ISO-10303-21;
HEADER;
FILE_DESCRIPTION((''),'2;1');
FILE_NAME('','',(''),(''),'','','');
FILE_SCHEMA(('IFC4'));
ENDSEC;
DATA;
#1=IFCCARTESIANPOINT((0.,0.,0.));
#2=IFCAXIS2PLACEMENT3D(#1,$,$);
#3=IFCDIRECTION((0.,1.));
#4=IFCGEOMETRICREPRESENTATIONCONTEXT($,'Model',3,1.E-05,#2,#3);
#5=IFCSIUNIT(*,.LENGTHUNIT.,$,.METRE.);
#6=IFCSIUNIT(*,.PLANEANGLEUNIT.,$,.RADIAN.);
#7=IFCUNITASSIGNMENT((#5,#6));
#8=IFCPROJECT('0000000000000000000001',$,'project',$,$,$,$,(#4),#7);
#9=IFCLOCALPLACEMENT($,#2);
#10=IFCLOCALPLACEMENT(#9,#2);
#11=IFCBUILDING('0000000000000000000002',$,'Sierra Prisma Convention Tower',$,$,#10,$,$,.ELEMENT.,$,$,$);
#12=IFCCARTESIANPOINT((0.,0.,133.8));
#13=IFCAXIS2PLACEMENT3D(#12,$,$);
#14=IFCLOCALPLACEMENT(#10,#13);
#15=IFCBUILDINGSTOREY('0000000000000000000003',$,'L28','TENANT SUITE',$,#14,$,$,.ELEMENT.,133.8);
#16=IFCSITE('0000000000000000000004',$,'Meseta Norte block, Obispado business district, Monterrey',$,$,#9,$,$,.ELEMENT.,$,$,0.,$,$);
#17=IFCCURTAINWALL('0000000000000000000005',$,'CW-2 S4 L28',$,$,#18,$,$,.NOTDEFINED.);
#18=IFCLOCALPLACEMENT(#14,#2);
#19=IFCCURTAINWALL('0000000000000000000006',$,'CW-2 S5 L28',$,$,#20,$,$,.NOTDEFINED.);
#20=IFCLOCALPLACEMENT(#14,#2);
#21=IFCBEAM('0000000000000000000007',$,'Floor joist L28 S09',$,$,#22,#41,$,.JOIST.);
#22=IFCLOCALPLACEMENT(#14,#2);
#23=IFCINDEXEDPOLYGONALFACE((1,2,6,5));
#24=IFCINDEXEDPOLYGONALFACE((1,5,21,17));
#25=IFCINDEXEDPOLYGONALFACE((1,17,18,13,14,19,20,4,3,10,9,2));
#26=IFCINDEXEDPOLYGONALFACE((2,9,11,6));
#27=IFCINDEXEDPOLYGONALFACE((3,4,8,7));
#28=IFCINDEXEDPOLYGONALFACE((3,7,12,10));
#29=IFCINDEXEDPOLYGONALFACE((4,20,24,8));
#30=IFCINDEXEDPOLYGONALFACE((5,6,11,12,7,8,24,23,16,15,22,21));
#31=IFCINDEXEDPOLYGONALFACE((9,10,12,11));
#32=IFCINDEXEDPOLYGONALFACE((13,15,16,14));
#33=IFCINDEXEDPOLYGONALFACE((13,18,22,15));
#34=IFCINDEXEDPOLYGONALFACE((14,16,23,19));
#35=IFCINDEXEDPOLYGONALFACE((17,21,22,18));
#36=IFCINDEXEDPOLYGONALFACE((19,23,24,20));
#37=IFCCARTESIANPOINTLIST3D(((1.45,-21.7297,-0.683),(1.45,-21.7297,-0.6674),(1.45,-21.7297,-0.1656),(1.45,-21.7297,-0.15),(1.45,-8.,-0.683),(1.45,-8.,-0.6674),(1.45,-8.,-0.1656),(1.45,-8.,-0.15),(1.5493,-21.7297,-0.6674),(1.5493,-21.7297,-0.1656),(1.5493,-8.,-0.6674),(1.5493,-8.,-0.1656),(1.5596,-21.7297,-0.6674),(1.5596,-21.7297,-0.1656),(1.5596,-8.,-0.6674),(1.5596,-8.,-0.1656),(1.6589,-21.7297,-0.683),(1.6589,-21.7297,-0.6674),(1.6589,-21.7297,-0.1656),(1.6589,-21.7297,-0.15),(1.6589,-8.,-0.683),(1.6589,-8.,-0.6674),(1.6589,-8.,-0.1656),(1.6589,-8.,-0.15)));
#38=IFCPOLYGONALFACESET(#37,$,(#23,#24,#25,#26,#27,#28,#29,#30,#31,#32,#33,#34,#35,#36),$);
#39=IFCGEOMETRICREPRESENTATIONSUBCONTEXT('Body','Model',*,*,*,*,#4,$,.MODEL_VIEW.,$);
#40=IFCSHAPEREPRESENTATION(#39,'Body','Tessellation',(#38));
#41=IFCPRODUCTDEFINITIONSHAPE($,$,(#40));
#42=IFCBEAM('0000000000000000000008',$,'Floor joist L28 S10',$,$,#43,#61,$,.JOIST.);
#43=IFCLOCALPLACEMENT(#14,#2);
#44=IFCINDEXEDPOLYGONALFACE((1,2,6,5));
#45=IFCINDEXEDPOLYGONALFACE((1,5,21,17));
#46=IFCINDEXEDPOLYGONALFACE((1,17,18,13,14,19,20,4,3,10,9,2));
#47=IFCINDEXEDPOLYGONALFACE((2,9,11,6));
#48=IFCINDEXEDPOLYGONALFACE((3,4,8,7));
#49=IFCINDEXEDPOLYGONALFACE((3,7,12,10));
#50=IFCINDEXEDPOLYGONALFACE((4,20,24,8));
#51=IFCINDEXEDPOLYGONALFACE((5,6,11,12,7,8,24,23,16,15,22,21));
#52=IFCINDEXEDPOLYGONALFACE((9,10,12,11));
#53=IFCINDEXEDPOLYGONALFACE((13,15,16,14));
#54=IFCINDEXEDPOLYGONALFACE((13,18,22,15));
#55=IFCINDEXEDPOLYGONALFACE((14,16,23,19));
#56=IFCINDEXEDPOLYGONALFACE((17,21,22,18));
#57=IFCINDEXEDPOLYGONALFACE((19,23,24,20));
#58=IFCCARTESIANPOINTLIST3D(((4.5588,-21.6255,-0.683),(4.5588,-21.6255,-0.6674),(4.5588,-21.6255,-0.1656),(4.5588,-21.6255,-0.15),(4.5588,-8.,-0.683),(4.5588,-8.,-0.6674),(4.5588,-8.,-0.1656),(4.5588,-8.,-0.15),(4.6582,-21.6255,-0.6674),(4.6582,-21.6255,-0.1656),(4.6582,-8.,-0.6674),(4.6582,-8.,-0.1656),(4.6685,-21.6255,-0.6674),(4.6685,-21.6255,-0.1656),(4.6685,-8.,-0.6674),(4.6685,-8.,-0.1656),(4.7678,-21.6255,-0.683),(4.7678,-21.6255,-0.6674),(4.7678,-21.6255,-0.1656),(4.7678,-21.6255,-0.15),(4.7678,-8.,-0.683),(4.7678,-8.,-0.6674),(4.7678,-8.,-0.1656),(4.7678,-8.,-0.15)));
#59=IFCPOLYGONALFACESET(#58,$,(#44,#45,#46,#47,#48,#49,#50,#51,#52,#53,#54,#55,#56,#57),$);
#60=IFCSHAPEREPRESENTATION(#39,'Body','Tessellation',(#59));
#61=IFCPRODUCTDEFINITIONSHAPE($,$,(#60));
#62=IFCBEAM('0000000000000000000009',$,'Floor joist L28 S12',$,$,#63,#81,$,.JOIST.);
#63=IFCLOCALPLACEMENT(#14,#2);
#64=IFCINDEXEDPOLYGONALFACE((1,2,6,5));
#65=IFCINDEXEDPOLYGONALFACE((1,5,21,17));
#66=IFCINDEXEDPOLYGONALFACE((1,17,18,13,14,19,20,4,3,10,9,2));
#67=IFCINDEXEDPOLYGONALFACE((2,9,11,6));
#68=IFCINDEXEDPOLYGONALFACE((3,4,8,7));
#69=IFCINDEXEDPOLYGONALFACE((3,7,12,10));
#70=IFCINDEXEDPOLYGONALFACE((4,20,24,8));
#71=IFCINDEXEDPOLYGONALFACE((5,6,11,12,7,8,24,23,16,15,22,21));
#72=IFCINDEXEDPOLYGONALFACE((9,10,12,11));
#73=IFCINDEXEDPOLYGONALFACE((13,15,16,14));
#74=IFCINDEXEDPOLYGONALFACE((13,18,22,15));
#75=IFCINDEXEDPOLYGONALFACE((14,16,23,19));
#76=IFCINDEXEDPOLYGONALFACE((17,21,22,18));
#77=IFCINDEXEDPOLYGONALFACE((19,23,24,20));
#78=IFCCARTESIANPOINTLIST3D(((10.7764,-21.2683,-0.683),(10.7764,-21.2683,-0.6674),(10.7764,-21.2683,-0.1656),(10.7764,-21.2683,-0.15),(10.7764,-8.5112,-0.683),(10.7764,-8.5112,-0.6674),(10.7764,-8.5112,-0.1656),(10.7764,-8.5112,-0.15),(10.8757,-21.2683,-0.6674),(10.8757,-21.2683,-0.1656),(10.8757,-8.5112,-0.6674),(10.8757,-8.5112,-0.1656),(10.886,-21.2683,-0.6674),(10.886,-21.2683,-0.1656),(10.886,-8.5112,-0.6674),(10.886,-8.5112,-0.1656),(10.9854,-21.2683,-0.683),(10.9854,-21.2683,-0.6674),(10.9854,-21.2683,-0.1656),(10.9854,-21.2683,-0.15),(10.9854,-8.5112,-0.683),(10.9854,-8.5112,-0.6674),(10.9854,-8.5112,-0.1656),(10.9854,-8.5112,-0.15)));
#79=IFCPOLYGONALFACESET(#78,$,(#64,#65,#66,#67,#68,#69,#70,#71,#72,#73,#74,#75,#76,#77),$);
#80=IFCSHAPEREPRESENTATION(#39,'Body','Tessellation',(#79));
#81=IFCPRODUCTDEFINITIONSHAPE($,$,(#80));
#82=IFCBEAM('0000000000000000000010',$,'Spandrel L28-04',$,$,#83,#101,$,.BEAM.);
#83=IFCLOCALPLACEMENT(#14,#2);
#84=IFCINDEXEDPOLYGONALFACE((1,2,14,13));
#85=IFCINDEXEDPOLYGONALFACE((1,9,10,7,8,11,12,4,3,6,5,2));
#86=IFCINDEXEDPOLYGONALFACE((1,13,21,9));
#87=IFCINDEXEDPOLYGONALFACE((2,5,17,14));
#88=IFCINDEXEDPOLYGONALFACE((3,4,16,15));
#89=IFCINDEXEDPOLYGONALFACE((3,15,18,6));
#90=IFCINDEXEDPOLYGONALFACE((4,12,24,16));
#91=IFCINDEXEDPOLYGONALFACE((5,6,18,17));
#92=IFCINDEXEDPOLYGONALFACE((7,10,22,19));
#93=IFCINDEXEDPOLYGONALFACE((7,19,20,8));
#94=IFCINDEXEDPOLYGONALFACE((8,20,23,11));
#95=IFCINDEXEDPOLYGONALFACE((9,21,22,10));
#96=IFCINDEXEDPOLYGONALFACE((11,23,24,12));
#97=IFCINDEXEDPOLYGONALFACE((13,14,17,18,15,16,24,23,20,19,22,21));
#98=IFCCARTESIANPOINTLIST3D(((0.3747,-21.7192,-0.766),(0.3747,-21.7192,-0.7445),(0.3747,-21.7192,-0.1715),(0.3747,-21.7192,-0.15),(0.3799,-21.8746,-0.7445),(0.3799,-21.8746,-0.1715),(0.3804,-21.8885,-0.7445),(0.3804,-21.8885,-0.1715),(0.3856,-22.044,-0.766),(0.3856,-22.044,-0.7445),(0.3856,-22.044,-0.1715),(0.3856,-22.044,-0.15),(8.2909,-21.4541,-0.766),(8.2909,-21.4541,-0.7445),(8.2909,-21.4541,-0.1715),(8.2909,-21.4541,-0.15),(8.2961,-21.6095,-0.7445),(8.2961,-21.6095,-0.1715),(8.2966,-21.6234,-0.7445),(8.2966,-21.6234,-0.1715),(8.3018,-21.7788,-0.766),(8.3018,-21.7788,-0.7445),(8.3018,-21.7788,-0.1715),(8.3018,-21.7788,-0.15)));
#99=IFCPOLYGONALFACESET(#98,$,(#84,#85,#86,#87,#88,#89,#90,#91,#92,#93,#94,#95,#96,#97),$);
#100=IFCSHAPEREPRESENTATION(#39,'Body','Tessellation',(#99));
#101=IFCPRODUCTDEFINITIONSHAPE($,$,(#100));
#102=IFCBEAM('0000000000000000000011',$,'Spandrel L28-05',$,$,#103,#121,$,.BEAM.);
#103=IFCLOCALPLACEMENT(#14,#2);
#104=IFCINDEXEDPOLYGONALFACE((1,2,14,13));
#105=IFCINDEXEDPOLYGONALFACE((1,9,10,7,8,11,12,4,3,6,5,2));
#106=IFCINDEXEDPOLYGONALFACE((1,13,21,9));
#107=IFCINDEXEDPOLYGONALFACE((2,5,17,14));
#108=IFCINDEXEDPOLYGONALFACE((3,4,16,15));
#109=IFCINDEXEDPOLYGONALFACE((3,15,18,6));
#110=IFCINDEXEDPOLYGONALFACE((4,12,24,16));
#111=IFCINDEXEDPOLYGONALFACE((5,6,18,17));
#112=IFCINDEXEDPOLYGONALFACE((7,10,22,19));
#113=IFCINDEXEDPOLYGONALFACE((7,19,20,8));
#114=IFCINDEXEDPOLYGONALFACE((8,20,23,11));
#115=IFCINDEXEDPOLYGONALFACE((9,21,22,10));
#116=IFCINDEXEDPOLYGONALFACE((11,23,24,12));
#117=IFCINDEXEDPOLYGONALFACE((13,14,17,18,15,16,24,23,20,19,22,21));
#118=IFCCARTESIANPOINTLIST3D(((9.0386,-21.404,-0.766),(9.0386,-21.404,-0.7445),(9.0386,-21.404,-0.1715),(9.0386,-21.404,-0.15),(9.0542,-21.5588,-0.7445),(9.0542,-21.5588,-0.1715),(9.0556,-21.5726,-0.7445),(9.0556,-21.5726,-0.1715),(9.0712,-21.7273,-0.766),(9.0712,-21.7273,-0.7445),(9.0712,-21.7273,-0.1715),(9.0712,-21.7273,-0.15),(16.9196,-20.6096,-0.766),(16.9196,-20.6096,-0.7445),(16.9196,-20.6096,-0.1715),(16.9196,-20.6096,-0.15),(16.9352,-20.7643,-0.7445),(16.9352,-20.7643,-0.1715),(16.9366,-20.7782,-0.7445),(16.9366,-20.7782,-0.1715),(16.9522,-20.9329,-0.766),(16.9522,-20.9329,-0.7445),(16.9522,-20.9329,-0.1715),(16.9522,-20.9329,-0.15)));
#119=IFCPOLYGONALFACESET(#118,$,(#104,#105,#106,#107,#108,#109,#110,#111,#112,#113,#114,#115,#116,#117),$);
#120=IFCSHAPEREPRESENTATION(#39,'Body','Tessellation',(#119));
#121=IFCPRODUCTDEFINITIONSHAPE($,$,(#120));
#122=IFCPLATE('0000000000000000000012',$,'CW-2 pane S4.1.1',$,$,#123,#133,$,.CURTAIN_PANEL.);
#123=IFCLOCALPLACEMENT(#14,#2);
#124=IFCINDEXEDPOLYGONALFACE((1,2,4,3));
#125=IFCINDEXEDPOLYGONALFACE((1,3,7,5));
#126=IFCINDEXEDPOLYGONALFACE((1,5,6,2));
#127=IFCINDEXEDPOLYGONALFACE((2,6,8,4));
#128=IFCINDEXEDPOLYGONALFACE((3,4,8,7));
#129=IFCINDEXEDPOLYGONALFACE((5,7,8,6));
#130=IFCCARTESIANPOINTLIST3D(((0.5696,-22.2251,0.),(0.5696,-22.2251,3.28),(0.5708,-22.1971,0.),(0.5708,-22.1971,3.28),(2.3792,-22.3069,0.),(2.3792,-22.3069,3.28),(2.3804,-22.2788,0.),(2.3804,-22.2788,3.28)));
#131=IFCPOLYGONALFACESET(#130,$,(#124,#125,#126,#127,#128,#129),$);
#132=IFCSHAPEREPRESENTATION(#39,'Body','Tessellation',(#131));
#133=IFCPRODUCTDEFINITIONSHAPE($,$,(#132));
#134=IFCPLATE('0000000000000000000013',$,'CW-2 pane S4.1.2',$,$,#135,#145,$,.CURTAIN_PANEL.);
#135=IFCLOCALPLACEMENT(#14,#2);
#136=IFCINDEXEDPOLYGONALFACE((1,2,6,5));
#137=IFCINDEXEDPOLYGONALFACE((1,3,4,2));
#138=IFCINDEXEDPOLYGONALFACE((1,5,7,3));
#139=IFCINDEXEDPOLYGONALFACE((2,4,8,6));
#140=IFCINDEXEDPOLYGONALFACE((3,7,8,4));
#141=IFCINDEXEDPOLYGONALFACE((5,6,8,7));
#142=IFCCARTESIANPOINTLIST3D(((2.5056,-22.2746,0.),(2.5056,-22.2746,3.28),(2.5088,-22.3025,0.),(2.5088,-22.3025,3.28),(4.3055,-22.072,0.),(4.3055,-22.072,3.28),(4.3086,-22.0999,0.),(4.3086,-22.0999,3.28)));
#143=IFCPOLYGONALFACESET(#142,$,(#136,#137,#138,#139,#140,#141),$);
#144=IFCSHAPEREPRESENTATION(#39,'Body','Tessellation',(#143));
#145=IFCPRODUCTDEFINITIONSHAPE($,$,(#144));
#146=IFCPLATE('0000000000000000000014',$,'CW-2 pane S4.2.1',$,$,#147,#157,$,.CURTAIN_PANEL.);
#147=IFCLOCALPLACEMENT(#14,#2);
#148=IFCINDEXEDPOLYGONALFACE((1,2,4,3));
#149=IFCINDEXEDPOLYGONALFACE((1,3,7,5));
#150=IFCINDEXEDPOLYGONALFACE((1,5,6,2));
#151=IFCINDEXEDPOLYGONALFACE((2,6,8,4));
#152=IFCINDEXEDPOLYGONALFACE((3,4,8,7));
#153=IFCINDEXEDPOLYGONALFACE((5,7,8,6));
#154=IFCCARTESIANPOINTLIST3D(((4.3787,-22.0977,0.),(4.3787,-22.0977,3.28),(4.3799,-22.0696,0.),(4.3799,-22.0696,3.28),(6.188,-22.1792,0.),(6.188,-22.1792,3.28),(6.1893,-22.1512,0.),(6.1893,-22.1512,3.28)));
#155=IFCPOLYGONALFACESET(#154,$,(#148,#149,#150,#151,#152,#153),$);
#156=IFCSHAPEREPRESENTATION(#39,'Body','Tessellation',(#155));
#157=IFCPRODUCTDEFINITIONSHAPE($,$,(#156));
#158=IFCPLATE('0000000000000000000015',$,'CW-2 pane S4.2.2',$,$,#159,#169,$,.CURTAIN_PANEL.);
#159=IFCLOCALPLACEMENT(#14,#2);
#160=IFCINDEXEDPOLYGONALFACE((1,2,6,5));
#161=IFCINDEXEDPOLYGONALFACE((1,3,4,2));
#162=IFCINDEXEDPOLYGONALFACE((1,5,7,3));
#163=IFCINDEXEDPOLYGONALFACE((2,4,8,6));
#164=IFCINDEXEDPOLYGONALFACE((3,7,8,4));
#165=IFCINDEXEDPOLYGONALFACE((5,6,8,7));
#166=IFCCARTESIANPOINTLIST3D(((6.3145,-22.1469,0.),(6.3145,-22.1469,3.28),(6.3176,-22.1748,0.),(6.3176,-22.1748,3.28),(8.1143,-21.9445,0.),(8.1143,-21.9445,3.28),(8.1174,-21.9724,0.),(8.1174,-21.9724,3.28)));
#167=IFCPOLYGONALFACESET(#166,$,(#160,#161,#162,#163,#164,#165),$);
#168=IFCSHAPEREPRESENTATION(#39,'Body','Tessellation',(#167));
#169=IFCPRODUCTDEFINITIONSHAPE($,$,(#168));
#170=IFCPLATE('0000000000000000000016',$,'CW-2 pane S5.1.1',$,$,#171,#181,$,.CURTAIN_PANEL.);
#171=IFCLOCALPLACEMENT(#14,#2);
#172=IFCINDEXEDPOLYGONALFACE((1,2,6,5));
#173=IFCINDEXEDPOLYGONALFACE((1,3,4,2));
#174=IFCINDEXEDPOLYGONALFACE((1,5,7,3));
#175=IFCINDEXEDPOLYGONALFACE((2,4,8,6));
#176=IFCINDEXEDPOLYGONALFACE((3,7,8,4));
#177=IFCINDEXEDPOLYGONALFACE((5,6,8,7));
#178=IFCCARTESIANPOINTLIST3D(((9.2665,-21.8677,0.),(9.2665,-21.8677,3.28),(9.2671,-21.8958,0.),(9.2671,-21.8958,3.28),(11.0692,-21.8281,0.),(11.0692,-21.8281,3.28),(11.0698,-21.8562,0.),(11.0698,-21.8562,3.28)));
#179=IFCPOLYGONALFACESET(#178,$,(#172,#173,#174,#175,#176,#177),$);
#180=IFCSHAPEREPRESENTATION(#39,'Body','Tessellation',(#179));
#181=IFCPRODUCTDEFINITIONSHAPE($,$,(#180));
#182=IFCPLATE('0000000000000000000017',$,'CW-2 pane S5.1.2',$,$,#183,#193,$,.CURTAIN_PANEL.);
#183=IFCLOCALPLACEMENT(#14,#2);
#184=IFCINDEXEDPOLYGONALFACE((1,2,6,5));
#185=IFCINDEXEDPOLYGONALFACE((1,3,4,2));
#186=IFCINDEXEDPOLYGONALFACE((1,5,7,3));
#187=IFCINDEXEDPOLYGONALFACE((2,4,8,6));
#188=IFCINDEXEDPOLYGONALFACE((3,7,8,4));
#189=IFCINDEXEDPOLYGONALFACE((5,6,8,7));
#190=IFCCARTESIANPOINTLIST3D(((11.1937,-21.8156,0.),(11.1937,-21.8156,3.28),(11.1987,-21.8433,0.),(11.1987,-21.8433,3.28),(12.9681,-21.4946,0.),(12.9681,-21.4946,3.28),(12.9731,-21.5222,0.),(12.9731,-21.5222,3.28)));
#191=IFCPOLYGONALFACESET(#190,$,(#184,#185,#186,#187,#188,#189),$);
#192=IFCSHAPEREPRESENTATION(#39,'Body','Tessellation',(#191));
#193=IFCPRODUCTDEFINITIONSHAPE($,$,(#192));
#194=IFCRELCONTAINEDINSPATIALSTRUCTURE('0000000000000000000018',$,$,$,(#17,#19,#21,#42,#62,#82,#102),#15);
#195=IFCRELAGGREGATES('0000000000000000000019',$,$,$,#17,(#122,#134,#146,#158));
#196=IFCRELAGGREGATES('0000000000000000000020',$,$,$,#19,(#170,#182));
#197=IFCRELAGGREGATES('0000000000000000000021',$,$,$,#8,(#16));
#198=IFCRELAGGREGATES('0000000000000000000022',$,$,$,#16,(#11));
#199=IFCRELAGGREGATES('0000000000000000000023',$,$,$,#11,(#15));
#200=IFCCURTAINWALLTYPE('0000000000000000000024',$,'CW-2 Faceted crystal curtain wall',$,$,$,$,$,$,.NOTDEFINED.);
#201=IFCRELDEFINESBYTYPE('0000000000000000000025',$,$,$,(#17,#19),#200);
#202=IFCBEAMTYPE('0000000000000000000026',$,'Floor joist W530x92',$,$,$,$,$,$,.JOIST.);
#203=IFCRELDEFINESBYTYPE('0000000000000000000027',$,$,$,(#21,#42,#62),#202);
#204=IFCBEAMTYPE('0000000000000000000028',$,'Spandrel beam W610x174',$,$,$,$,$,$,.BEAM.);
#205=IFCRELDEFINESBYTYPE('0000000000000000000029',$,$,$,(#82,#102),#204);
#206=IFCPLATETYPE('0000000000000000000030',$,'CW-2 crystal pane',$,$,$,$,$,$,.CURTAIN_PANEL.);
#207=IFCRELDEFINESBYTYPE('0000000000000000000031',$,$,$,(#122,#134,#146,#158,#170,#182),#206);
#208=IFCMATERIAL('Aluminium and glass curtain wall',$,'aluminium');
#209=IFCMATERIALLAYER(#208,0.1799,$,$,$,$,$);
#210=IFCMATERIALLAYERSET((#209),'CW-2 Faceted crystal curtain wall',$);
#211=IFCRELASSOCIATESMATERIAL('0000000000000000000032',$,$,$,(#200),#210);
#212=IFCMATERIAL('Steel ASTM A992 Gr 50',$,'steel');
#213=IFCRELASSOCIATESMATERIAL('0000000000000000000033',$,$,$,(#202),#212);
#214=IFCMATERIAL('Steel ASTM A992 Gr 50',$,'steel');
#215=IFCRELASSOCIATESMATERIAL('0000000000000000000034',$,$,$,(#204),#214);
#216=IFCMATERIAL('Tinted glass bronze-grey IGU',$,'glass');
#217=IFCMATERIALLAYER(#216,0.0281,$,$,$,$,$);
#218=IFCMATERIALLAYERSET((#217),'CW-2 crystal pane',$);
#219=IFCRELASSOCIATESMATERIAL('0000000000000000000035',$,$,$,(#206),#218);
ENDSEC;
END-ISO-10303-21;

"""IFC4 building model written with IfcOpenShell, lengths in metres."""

from ifc_helpers import new_model, si_unit, direction, frame, origin, origin_2d, place, context, subcontext, project, spatial, polyline, i_section, outline, extrude, material, layer, layer_set, material_profile, profile_set, type_object, element, aggregate, save


model = new_model("IFC4")

# Units and contexts
model_context = context("Model", 3, precision=1e-05, world=origin(), true_north=direction((0.0, 1.0)))
body_context = subcontext(model_context, "Body", "Model", "MODEL_VIEW")
ifc_project = project(units=[si_unit("LENGTHUNIT", "METRE"), si_unit("PLANEANGLEUNIT", "RADIAN")], contexts=[model_context])

# Site, building, storey
site_placement = place(None, origin())
site = spatial("IfcSite", under=ifc_project, at=site_placement, Name="Meseta Norte block, Obispado business district, Monterrey", CompositionType="ELEMENT", RefElevation=0.0)
building_placement = place(site_placement, origin())
building = spatial("IfcBuilding", under=site, at=building_placement, Name="Sierra Prisma Convention Tower", CompositionType="ELEMENT")
storey_placement = place(building_placement, frame((0.0, 0.0, 133.8)))
storey = spatial("IfcBuildingStorey", under=building, at=storey_placement, Name="L28", Description="TENANT SUITE", CompositionType="ELEMENT", Elevation=133.8)

# Curtain walls
ifc_material_1 = material(Name="Aluminium and glass curtain wall", Category="aluminium")
ifc_layer_1 = layer(ifc_material_1, 0.1799)
ifc_layer_set_1 = layer_set([ifc_layer_1], Name="CW-2 Faceted crystal curtain wall")
curtain_wall_type = type_object("IfcCurtainWallType", Name="CW-2 Faceted crystal curtain wall", PredefinedType="NOTDEFINED", material=ifc_layer_set_1)
curtain_wall_1_placement = place(storey_placement, origin())
curtain_wall_1 = element("IfcCurtainWall", 1, at=curtain_wall_1_placement, inside=storey, type_object=curtain_wall_type, Name="CW-2 S4 L28", PredefinedType="NOTDEFINED")
curtain_wall_2_placement = place(storey_placement, origin())
curtain_wall_2 = element("IfcCurtainWall", 2, at=curtain_wall_2_placement, inside=storey, type_object=curtain_wall_type, Name="CW-2 S5 L28", PredefinedType="NOTDEFINED")

# Beams
ifc_material_2 = material(Name="Steel ASTM A992 Gr 50", Category="steel")
ifc_material_profile_1 = material_profile(ifc_material_2, i_section(OverallWidth=0.209, OverallDepth=0.533, WebThickness=0.0103, FlangeThickness=0.0156, at=origin_2d()), Name="W530x92")
ifc_profile_set_1 = profile_set([ifc_material_profile_1], Name="Steel ASTM A992 Gr 50")
beam_type_1 = type_object("IfcBeamType", Name="Floor joist W530x92", PredefinedType="JOIST", material=ifc_profile_set_1)
beam_1_placement = place(storey_placement, frame((1.5544, -21.7297, -0.4165), z_axis=(0.0, 1.0, 0.0), x_axis=(-1.0, 0.0, 0.0)))
element("IfcBeam", 3, at=beam_1_placement, inside=storey, type_object=beam_type_1, Name="Floor joist L28 S09", PredefinedType="JOIST", context=body_context, shape_type="SweptSolid", body=[
    extrude(i_section(OverallWidth=0.209, OverallDepth=0.533, WebThickness=0.0103, FlangeThickness=0.0156, at=origin_2d()), origin(), (0.0, 0.0, 1.0), 13.7297),
])
beam_2_placement = place(storey_placement, frame((4.6633, -21.6255, -0.4165), z_axis=(0.0, 1.0, 0.0), x_axis=(-1.0, 0.0, 0.0)))
element("IfcBeam", 4, at=beam_2_placement, inside=storey, type_object=beam_type_1, Name="Floor joist L28 S10", PredefinedType="JOIST", context=body_context, shape_type="SweptSolid", body=[
    extrude(i_section(OverallWidth=0.209, OverallDepth=0.533, WebThickness=0.0103, FlangeThickness=0.0156, at=origin_2d()), origin(), (0.0, 0.0, 1.0), 13.6255),
])
beam_3_placement = place(storey_placement, frame((10.8809, -21.2683, -0.4165), z_axis=(0.0, 1.0, 0.0), x_axis=(-1.0, 0.0, 0.0)))
element("IfcBeam", 5, at=beam_3_placement, inside=storey, type_object=beam_type_1, Name="Floor joist L28 S12", PredefinedType="JOIST", context=body_context, shape_type="SweptSolid", body=[
    extrude(i_section(OverallWidth=0.209, OverallDepth=0.533, WebThickness=0.0103, FlangeThickness=0.0156, at=origin_2d()), origin(), (0.0, 0.0, 1.0), 12.7571),
])
ifc_material_3 = material(Name="Steel ASTM A992 Gr 50", Category="steel")
ifc_material_profile_2 = material_profile(ifc_material_3, i_section(OverallWidth=0.325, OverallDepth=0.616, WebThickness=0.0139, FlangeThickness=0.0215, at=origin_2d()), Name="W610x174")
ifc_profile_set_2 = profile_set([ifc_material_profile_2], Name="Steel ASTM A992 Gr 50")
beam_type_2 = type_object("IfcBeamType", Name="Spandrel beam W610x174", PredefinedType="BEAM", material=ifc_profile_set_2)
beam_4_placement = place(storey_placement, frame((0.3801, -21.8816, -0.458), z_axis=(0.99944, 0.033474, 0.0), x_axis=(-0.033474, 0.99944, 0.0)))
element("IfcBeam", 6, at=beam_4_placement, inside=storey, type_object=beam_type_2, Name="Spandrel L28-04", PredefinedType="BEAM", context=body_context, shape_type="SweptSolid", body=[
    extrude(i_section(OverallWidth=0.325, OverallDepth=0.616, WebThickness=0.0139, FlangeThickness=0.0215, at=origin_2d()), origin(), (0.0, 0.0, 1.0), 7.9207),
])
beam_5_placement = place(storey_placement, frame((9.0549, -21.5657, -0.458), z_axis=(0.994958, 0.100297, 0.0), x_axis=(-0.100297, 0.994958, 0.0)))
element("IfcBeam", 7, at=beam_5_placement, inside=storey, type_object=beam_type_2, Name="Spandrel L28-05", PredefinedType="BEAM", context=body_context, shape_type="SweptSolid", body=[
    extrude(i_section(OverallWidth=0.325, OverallDepth=0.616, WebThickness=0.0139, FlangeThickness=0.0215, at=origin_2d()), origin(), (0.0, 0.0, 1.0), 7.9209),
])

# Plates
ifc_material_4 = material(Name="Tinted glass bronze-grey IGU", Category="glass")
ifc_layer_2 = layer(ifc_material_4, 0.0281)
ifc_layer_set_2 = layer_set([ifc_layer_2], Name="CW-2 crystal pane")
plate_type = type_object("IfcPlateType", Name="CW-2 crystal pane", PredefinedType="CURTAIN_PANEL", material=ifc_layer_set_2)
plate_1_placement = place(storey_placement, frame((0.5696, -22.2251, 0.0), z_axis=(-0.045151, -0.99898, 0.0), x_axis=(0.99898, -0.045151, 0.0)))
plate_1 = element("IfcPlate", 8, at=plate_1_placement, type_object=plate_type, Name="CW-2 pane S4.1.1", PredefinedType="CURTAIN_PANEL", context=body_context, shape_type="SweptSolid", body=[
    extrude(outline(polyline([(0.0, 0.0), (1.8114, 0.0), (1.8114, 3.28), (0.0, 3.28), (0.0, 0.0)])), origin(), (0.0, 0.0, -1.0), 0.0281),
])
plate_2_placement = place(storey_placement, frame((4.3086, -22.0999, 0.0), z_axis=(0.111881, -0.993722, 0.0), x_axis=(-0.993722, -0.111881, 0.0)))
plate_2 = element("IfcPlate", 9, at=plate_2_placement, type_object=plate_type, Name="CW-2 pane S4.1.2", PredefinedType="CURTAIN_PANEL", context=body_context, shape_type="SweptSolid", body=[
    extrude(outline(polyline([(0.0, 0.0), (1.8112, 0.0), (1.8112, -3.28), (0.0, -3.28), (0.0, 0.0)])), origin(), (0.0, 0.0, -1.0), 0.0281),
])
plate_3_placement = place(storey_placement, frame((4.3787, -22.0977, 0.0), z_axis=(-0.045022, -0.998986, 0.0), x_axis=(0.998986, -0.045022, 0.0)))
plate_3 = element("IfcPlate", 10, at=plate_3_placement, type_object=plate_type, Name="CW-2 pane S4.2.1", PredefinedType="CURTAIN_PANEL", context=body_context, shape_type="SweptSolid", body=[
    extrude(outline(polyline([(0.0, 0.0), (1.8112, 0.0), (1.8112, 3.28), (0.0, 3.28), (0.0, 0.0)])), origin(), (0.0, 0.0, -1.0), 0.0281),
])
plate_4_placement = place(storey_placement, frame((8.1174, -21.9724, 0.0), z_axis=(0.111748, -0.993737, 0.0), x_axis=(-0.993737, -0.111748, 0.0)))
plate_4 = element("IfcPlate", 11, at=plate_4_placement, type_object=plate_type, Name="CW-2 pane S4.2.2", PredefinedType="CURTAIN_PANEL", context=body_context, shape_type="SweptSolid", body=[
    extrude(outline(polyline([(0.0, 0.0), (1.8111, 0.0), (1.8111, -3.28), (0.0, -3.28), (0.0, 0.0)])), origin(), (0.0, 0.0, -1.0), 0.0281),
])
aggregate(curtain_wall_1, [plate_1, plate_2, plate_3, plate_4])
plate_5_placement = place(storey_placement, frame((9.2671, -21.8958, 0.0), z_axis=(0.021934, -0.999759, 0.0), x_axis=(0.999759, 0.021934, 0.0)))
plate_5 = element("IfcPlate", 12, at=plate_5_placement, type_object=plate_type, Name="CW-2 pane S5.1.1", PredefinedType="CURTAIN_PANEL", context=body_context, shape_type="SweptSolid", body=[
    extrude(outline(polyline([(0.0, 0.0), (1.8032, 0.0), (1.8032, 3.28), (0.0, 3.28), (0.0, 0.0)])), origin(), (0.0, 0.0, -1.0), 0.0281),
])
plate_6_placement = place(storey_placement, frame((12.9731, -21.5222, 0.0), z_axis=(0.178039, -0.984023, 0.0), x_axis=(-0.984023, -0.178039, 0.0)))
plate_6 = element("IfcPlate", 13, at=plate_6_placement, type_object=plate_type, Name="CW-2 pane S5.1.2", PredefinedType="CURTAIN_PANEL", context=body_context, shape_type="SweptSolid", body=[
    extrude(outline(polyline([(0.0, 0.0), (1.8032, 0.0), (1.8032, -3.28), (0.0, -3.28), (0.0, 0.0)])), origin(), (0.0, 0.0, -1.0), 0.0281),
])
aggregate(curtain_wall_2, [plate_5, plate_6])

save(model, "model.ifc")
